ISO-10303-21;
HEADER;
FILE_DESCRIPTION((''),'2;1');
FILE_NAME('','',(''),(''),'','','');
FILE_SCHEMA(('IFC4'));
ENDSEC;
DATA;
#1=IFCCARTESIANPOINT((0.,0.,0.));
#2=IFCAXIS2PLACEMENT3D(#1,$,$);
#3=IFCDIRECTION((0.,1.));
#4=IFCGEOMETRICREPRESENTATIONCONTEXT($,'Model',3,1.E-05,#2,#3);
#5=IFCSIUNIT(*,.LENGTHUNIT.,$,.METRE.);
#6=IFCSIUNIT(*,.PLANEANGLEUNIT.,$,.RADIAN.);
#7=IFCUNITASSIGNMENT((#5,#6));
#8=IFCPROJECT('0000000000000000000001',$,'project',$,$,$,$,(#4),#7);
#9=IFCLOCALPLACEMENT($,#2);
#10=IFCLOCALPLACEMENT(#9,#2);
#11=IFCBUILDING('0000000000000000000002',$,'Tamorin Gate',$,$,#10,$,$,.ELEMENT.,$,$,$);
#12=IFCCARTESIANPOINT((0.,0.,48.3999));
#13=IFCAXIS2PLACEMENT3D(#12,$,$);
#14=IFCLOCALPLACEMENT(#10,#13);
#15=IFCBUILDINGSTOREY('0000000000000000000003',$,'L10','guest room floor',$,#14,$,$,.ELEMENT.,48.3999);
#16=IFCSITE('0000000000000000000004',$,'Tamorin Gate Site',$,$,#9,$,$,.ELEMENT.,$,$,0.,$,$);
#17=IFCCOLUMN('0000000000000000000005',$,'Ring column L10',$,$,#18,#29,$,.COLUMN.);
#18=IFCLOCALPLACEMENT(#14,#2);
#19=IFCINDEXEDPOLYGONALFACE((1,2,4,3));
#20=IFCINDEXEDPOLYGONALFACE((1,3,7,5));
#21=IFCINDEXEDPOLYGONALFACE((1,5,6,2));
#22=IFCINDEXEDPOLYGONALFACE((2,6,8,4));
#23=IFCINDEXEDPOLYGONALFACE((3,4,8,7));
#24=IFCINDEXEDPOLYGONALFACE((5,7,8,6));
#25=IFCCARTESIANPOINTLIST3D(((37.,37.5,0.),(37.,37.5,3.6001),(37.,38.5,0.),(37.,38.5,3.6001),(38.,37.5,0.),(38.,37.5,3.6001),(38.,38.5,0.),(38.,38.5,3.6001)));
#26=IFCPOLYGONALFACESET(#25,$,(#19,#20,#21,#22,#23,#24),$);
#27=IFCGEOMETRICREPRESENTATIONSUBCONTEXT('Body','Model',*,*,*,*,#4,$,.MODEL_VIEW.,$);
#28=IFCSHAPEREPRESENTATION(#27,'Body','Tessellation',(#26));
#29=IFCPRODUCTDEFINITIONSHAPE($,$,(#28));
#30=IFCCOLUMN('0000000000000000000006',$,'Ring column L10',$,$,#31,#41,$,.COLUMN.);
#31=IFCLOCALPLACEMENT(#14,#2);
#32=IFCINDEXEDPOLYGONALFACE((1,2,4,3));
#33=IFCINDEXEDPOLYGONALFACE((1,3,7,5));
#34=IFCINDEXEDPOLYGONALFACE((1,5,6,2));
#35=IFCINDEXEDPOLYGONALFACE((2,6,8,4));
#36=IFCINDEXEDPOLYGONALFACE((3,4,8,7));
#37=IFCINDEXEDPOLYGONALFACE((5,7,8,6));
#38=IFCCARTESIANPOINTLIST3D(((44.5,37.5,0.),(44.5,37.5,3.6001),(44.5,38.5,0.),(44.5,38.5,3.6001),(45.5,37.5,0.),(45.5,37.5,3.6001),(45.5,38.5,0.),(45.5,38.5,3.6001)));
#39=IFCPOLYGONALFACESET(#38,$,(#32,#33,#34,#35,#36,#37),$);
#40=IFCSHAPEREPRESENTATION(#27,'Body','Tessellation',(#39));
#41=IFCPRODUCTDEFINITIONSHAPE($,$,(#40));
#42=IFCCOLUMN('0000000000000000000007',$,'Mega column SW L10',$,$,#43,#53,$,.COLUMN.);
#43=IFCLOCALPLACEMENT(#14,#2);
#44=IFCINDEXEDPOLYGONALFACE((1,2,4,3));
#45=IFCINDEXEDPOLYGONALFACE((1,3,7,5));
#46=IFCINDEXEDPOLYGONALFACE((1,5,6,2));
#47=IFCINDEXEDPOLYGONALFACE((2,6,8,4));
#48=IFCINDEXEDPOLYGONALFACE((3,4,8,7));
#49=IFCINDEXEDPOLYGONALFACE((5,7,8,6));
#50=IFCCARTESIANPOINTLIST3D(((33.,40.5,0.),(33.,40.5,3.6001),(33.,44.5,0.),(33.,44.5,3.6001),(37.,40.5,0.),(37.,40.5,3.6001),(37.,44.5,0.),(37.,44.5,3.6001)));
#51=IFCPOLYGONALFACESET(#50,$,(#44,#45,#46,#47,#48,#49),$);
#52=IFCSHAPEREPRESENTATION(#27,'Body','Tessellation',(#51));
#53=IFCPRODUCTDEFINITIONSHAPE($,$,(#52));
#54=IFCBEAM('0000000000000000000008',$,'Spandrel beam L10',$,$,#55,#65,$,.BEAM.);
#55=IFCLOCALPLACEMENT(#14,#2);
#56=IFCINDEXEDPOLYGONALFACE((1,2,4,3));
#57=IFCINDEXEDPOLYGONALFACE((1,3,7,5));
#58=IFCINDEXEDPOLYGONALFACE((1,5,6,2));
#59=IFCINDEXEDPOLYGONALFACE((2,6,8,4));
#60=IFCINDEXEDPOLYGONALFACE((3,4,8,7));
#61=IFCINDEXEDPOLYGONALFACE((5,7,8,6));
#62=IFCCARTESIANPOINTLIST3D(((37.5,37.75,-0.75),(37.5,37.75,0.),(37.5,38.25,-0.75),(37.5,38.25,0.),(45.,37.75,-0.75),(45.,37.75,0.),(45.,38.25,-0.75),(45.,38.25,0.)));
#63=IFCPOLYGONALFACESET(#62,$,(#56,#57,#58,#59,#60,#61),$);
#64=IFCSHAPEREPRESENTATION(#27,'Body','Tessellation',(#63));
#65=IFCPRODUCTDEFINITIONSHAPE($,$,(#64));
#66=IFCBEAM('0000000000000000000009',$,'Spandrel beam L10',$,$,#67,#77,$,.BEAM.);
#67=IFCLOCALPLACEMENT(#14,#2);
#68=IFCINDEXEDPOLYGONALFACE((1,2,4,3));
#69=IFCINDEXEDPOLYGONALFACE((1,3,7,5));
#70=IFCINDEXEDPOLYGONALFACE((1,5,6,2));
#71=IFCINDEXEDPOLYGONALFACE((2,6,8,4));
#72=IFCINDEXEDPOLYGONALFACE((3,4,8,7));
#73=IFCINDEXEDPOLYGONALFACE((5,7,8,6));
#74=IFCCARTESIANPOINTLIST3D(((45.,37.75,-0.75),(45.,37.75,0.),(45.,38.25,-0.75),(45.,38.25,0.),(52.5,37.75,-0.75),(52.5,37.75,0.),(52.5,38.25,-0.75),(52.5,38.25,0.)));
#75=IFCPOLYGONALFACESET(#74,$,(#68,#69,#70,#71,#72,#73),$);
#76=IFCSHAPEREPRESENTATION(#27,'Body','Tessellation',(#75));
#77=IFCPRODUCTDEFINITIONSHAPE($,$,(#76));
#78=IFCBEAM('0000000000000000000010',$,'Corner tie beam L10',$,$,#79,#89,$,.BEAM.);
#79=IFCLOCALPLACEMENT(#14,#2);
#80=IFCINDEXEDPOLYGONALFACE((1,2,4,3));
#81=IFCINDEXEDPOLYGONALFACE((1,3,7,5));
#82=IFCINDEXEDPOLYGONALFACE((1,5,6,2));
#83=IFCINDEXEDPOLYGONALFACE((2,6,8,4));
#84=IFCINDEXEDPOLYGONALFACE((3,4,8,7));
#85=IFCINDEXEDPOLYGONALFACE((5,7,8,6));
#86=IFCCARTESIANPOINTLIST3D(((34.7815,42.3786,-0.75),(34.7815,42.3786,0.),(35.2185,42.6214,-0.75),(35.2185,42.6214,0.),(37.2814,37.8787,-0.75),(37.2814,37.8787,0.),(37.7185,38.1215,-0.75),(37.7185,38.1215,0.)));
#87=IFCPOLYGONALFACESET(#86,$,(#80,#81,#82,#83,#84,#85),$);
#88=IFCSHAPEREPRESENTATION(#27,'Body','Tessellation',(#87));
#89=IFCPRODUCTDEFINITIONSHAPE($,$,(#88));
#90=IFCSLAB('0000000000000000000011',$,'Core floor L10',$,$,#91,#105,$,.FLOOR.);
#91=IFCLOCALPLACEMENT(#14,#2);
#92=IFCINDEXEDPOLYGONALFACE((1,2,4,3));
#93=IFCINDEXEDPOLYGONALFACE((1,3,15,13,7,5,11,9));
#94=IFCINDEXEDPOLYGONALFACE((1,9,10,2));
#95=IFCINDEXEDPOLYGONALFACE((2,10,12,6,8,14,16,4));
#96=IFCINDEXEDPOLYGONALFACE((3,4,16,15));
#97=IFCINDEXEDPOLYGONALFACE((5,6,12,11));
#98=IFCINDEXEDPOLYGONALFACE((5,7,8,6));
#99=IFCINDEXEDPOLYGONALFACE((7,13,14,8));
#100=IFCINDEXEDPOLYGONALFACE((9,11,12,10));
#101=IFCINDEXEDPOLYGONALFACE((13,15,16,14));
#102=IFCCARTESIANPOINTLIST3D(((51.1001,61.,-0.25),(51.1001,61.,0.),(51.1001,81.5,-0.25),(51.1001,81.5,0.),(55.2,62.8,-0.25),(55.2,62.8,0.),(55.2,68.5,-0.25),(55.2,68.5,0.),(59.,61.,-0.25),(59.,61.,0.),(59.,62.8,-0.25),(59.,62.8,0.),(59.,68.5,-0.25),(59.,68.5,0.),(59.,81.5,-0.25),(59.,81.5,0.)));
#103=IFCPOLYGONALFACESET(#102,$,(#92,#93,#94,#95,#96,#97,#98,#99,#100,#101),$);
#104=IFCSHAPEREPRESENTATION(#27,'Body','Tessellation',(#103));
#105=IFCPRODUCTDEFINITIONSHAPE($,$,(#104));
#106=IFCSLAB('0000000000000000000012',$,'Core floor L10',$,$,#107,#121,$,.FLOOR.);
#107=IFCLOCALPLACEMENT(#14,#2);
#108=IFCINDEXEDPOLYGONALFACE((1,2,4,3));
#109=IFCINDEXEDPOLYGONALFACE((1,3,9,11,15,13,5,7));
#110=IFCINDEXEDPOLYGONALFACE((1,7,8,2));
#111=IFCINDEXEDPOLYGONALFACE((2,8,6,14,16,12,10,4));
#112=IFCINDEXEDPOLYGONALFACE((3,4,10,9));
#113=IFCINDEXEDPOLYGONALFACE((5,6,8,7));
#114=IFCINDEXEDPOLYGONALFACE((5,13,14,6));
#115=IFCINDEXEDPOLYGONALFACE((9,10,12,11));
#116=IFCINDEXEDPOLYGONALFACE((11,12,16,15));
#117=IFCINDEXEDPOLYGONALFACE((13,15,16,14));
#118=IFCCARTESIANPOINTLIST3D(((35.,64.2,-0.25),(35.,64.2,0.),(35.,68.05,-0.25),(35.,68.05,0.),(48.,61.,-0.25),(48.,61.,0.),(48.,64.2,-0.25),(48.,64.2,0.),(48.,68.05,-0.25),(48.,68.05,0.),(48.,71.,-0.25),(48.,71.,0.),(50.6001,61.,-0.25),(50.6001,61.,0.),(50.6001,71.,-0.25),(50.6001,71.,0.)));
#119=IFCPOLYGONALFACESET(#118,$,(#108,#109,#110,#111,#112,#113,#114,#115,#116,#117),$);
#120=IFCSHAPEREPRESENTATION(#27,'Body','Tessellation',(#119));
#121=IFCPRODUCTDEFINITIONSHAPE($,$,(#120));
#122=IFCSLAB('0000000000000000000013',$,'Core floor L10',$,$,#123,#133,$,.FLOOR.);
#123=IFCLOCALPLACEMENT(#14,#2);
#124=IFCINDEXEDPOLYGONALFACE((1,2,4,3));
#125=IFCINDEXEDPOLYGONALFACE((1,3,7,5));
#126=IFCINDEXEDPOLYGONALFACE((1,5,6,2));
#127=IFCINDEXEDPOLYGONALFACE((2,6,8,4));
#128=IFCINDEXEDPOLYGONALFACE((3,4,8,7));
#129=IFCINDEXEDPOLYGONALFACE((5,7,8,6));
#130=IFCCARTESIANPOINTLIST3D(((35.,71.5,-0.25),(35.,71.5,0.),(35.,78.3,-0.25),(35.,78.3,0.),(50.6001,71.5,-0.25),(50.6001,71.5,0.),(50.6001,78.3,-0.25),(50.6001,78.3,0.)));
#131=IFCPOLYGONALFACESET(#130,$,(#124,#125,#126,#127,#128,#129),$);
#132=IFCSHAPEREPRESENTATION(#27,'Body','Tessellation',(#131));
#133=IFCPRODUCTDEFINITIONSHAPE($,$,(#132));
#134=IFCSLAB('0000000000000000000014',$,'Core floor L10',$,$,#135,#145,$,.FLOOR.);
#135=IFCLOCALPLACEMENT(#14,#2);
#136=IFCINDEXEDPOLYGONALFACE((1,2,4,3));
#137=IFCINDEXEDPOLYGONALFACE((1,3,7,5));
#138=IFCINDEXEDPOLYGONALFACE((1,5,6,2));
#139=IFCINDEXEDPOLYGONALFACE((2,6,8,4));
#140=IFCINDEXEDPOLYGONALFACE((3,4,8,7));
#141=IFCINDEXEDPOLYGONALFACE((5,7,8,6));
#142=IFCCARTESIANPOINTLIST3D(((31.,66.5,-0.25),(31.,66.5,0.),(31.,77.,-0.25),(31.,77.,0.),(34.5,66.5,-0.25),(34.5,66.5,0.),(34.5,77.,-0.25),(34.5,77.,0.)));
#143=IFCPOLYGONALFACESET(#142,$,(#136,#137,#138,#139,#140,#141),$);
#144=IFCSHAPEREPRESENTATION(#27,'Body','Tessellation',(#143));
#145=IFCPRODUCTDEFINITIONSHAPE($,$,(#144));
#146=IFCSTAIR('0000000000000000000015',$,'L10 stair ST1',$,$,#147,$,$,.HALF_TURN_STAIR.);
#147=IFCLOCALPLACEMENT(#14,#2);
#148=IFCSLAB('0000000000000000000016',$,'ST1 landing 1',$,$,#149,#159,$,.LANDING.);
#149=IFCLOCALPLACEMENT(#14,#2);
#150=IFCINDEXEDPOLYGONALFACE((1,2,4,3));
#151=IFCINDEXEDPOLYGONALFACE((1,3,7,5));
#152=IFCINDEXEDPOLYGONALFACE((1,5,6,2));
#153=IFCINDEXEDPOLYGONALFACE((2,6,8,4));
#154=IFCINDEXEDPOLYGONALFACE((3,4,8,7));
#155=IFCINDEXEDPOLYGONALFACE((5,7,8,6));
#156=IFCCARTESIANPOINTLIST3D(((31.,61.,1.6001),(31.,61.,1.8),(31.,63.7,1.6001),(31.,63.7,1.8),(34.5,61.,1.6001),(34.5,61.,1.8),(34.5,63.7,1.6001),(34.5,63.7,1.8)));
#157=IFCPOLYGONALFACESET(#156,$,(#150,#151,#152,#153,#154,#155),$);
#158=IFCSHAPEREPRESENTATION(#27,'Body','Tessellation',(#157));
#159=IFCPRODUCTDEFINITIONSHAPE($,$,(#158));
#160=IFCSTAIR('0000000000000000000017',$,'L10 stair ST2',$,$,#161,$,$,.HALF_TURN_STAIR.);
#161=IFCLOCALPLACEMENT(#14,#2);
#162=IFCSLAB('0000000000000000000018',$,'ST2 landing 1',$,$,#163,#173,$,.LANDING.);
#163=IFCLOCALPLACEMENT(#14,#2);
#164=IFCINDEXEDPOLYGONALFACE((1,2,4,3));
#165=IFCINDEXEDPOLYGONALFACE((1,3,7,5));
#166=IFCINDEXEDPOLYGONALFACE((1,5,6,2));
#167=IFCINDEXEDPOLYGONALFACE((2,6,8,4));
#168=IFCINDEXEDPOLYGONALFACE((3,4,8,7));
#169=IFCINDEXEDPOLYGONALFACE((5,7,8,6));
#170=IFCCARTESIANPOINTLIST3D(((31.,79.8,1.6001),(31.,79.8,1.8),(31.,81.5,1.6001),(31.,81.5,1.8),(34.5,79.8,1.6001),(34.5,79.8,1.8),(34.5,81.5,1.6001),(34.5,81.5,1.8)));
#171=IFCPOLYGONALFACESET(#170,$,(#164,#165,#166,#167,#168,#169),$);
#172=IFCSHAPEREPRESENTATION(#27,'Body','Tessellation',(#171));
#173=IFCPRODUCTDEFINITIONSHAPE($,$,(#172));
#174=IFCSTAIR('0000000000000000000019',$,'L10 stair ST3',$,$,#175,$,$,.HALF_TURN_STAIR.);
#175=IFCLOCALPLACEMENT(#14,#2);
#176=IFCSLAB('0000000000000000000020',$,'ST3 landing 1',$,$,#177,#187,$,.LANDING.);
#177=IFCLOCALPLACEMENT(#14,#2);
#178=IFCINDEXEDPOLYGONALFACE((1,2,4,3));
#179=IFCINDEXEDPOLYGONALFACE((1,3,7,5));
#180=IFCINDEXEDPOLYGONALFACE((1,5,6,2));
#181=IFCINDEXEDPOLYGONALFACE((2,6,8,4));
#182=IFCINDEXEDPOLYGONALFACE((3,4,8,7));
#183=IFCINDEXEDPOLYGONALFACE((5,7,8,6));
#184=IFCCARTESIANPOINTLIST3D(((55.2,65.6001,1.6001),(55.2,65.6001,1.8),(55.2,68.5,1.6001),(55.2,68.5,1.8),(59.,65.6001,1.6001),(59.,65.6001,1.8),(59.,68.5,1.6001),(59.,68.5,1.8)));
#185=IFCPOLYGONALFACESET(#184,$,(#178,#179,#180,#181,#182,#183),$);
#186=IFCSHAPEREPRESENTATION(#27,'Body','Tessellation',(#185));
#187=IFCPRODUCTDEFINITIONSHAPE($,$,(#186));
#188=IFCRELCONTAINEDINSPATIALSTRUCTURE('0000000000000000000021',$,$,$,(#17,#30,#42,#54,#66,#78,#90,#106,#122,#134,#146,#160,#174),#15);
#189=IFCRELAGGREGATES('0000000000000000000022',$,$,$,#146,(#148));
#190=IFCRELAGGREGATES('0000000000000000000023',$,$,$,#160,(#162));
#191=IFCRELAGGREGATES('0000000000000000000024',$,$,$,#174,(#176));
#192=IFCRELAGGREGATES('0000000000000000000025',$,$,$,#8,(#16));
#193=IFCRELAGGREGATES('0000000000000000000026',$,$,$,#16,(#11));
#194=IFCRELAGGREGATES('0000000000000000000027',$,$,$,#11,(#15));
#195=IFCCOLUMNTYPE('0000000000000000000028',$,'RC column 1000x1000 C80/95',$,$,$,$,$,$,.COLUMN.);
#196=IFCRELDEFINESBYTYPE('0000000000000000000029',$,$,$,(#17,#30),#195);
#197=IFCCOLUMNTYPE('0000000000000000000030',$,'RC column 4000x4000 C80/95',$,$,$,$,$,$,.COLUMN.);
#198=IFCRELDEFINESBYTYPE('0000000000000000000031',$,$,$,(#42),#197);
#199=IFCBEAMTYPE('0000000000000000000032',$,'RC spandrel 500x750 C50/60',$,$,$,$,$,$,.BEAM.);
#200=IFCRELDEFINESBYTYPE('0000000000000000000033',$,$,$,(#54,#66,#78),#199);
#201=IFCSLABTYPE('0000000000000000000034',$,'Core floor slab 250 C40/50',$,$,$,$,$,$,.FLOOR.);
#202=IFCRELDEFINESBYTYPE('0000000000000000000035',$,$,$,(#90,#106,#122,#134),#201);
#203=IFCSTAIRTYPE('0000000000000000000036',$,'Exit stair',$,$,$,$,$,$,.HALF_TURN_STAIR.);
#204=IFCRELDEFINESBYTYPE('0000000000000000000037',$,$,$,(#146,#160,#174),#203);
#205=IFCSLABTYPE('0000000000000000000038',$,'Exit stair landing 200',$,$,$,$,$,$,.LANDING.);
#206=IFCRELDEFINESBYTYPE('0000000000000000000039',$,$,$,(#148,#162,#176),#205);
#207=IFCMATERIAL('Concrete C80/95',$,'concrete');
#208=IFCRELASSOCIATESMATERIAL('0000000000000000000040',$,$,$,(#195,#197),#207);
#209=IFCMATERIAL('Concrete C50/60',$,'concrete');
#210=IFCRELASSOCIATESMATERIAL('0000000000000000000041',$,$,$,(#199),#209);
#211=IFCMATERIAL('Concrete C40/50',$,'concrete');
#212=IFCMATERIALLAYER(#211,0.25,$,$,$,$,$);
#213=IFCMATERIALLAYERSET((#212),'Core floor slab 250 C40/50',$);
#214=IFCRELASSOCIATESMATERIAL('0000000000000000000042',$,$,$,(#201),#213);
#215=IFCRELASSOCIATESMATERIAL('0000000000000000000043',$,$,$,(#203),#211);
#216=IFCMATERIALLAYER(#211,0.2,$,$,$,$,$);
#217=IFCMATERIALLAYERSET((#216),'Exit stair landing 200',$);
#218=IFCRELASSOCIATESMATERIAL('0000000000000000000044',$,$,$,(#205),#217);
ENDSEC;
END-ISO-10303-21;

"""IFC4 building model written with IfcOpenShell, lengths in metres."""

from ifc_helpers import new_model, si_unit, direction, frame, origin, origin_2d, place, context, subcontext, project, spatial, polyline, rectangle, outline, extrude, material, layer, layer_set, material_profile, profile_set, type_object, element, aggregate, save


model = new_model("IFC4")

# Units and contexts
model_context = context("Model", 3, precision=1e-05, world=origin(), true_north=direction((0.0, 1.0)))
body_context = subcontext(model_context, "Body", "Model", "MODEL_VIEW")
ifc_project = project(units=[si_unit("LENGTHUNIT", "METRE"), si_unit("PLANEANGLEUNIT", "RADIAN")], contexts=[model_context])

# Site, building, storey
site_placement = place(None, origin())
site = spatial("IfcSite", under=ifc_project, at=site_placement, Name="Tamorin Gate Site", CompositionType="ELEMENT", RefElevation=0.0)
building_placement = place(site_placement, origin())
building = spatial("IfcBuilding", under=site, at=building_placement, Name="Tamorin Gate", CompositionType="ELEMENT")
storey_placement = place(building_placement, frame((0.0, 0.0, 48.3999)))
storey = spatial("IfcBuildingStorey", under=building, at=storey_placement, Name="L10", Description="guest room floor", CompositionType="ELEMENT", Elevation=48.3999)

# Columns
ifc_material_1 = material(Name="Concrete C80/95", Category="concrete")
ifc_material_profile_1 = material_profile(ifc_material_1, rectangle(XDim=1.0, YDim=1.0, at=origin_2d()), Name="RC 1000x1000")
ifc_profile_set_1 = profile_set([ifc_material_profile_1], Name="Concrete C80/95")
column_type_1 = type_object("IfcColumnType", Name="RC column 1000x1000 C80/95", PredefinedType="COLUMN", material=ifc_profile_set_1)
for number, where, z_axis, x_axis, name in (
    (1, (37.5, 38.0, 0.0), (0.0, 0.0, 1.0), (1.0, 0.0, 0.0), "Ring column L10"),
    (2, (45.0, 38.0, 0.0), (0.0, 0.0, 1.0), (1.0, 0.0, 0.0), "Ring column L10"),
):
    element("IfcColumn", number, at=place(storey_placement, frame(where, z_axis=z_axis, x_axis=x_axis)), inside=storey, type_object=column_type_1, Name=name, PredefinedType="COLUMN", context=body_context, shape_type="SweptSolid", body=[
        extrude(rectangle(XDim=1.0, YDim=1.0, at=origin_2d()), origin(), (0.0, 0.0, 1.0), 3.6001),
    ])
ifc_material_profile_2 = material_profile(ifc_material_1, rectangle(XDim=4.0, YDim=4.0, at=origin_2d()), Name="RC 4000x4000")
ifc_profile_set_2 = profile_set([ifc_material_profile_2], Name="Concrete C80/95")
column_type_2 = type_object("IfcColumnType", Name="RC column 4000x4000 C80/95", PredefinedType="COLUMN", material=ifc_profile_set_2)
column_placement = place(storey_placement, frame((35.0, 42.5, 0.0), z_axis=(0.0, 0.0, 1.0), x_axis=(1.0, 0.0, 0.0)))
element("IfcColumn", 3, at=column_placement, inside=storey, type_object=column_type_2, Name="Mega column SW L10", PredefinedType="COLUMN", context=body_context, shape_type="SweptSolid", body=[
    extrude(rectangle(XDim=4.0, YDim=4.0, at=origin_2d()), origin(), (0.0, 0.0, 1.0), 3.6001),
])

# Beams
ifc_material_2 = material(Name="Concrete C50/60", Category="concrete")
ifc_material_profile_3 = material_profile(ifc_material_2, rectangle(XDim=0.5, YDim=0.75, at=origin_2d()), Name="RC 500x750")
ifc_profile_set_3 = profile_set([ifc_material_profile_3], Name="Concrete C50/60")
beam_type = type_object("IfcBeamType", Name="RC spandrel 500x750 C50/60", PredefinedType="BEAM", material=ifc_profile_set_3)
for number, where, z_axis, x_axis, name in (
    (4, (37.5, 38.0, -0.375), (1.0, 0.0, 0.0), (0.0, 1.0, 0.0), "Spandrel beam L10"),
    (5, (45.0, 38.0, -0.375), (1.0, 0.0, 0.0), (0.0, 1.0, 0.0), "Spandrel beam L10"),
):
    element("IfcBeam", number, at=place(storey_placement, frame(where, z_axis=z_axis, x_axis=x_axis)), inside=storey, type_object=beam_type, Name=name, PredefinedType="BEAM", context=body_context, shape_type="SweptSolid", body=[
        extrude(rectangle(XDim=0.5, YDim=0.75, at=origin_2d()), origin(), (0.0, 0.0, 1.0), 7.5),
    ])
beam_placement = place(storey_placement, frame((35.0, 42.5, -0.375), z_axis=(0.485643, -0.874157, 0.0), x_axis=(0.874157, 0.485643, 0.0)))
element("IfcBeam", 6, at=beam_placement, inside=storey, type_object=beam_type, Name="Corner tie beam L10", PredefinedType="BEAM", context=body_context, shape_type="SweptSolid", body=[
    extrude(rectangle(XDim=0.5, YDim=0.75, at=origin_2d()), origin(), (0.0, 0.0, 1.0), 5.1477),
])

# Slabs
ifc_material_3 = material(Name="Concrete C40/50", Category="concrete")
ifc_layer_1 = layer(ifc_material_3, 0.25)
ifc_layer_set_1 = layer_set([ifc_layer_1], Name="Core floor slab 250 C40/50")
slab_type_1 = type_object("IfcSlabType", Name="Core floor slab 250 C40/50", PredefinedType="FLOOR", material=ifc_layer_set_1)
slab_1_placement = place(storey_placement, frame((0.0, 0.0, -0.25)))
element("IfcSlab", 7, at=slab_1_placement, inside=storey, type_object=slab_type_1, Name="Core floor L10", PredefinedType="FLOOR", context=body_context, shape_type="SweptSolid", body=[
    extrude(outline(polyline([(59.0, 62.8), (59.0, 61.0), (51.1001, 61.0), (51.1001, 81.5), (59.0, 81.5), (59.0, 68.5), (55.2, 68.5), (55.2, 62.8), (59.0, 62.8)])), origin(), (0.0, 0.0, 1.0), 0.25),
])
slab_2_placement = place(storey_placement, frame((0.0, 0.0, -0.25)))
element("IfcSlab", 8, at=slab_2_placement, inside=storey, type_object=slab_type_1, Name="Core floor L10", PredefinedType="FLOOR", context=body_context, shape_type="SweptSolid", body=[
    extrude(outline(polyline([(50.6001, 61.0), (48.0, 61.0), (48.0, 64.2), (35.0, 64.2), (35.0, 68.05), (48.0, 68.05), (48.0, 71.0), (50.6001, 71.0), (50.6001, 61.0)])), origin(), (0.0, 0.0, 1.0), 0.25),
])
slab_3_placement = place(storey_placement, frame((0.0, 0.0, -0.25)))
element("IfcSlab", 9, at=slab_3_placement, inside=storey, type_object=slab_type_1, Name="Core floor L10", PredefinedType="FLOOR", context=body_context, shape_type="SweptSolid", body=[
    extrude(outline(polyline([(50.6001, 71.5), (35.0, 71.5), (35.0, 78.3), (50.6001, 78.3), (50.6001, 71.5)])), origin(), (0.0, 0.0, 1.0), 0.25),
])
slab_4_placement = place(storey_placement, frame((0.0, 0.0, -0.25)))
element("IfcSlab", 10, at=slab_4_placement, inside=storey, type_object=slab_type_1, Name="Core floor L10", PredefinedType="FLOOR", context=body_context, shape_type="SweptSolid", body=[
    extrude(outline(polyline([(31.0, 66.5), (31.0, 77.0), (34.5, 77.0), (34.5, 66.5), (31.0, 66.5)])), origin(), (0.0, 0.0, 1.0), 0.25),
])

# Stairs, slabs
stair_type = type_object("IfcStairType", Name="Exit stair", PredefinedType="HALF_TURN_STAIR", material=ifc_material_3)
stair_1_placement = place(storey_placement, origin())
stair_1 = element("IfcStair", 11, at=stair_1_placement, inside=storey, type_object=stair_type, Name="L10 stair ST1", PredefinedType="HALF_TURN_STAIR")
ifc_layer_2 = layer(ifc_material_3, 0.2)
ifc_layer_set_2 = layer_set([ifc_layer_2], Name="Exit stair landing 200")
slab_type_2 = type_object("IfcSlabType", Name="Exit stair landing 200", PredefinedType="LANDING", material=ifc_layer_set_2)
slab_5_placement = place(storey_placement, frame((0.0, 0.0, 1.6001)))
slab_5 = element("IfcSlab", 12, at=slab_5_placement, type_object=slab_type_2, Name="ST1 landing 1", PredefinedType="LANDING", context=body_context, shape_type="SweptSolid", body=[
    extrude(outline(polyline([(31.0, 63.7), (31.0, 61.0), (34.5, 61.0), (34.5, 63.7), (31.0, 63.7)])), origin(), (0.0, 0.0, 1.0), 0.2),
])
aggregate(stair_1, [slab_5])
stair_2_placement = place(storey_placement, origin())
stair_2 = element("IfcStair", 13, at=stair_2_placement, inside=storey, type_object=stair_type, Name="L10 stair ST2", PredefinedType="HALF_TURN_STAIR")
slab_6_placement = place(storey_placement, frame((0.0, 0.0, 1.6001)))
slab_6 = element("IfcSlab", 14, at=slab_6_placement, type_object=slab_type_2, Name="ST2 landing 1", PredefinedType="LANDING", context=body_context, shape_type="SweptSolid", body=[
    extrude(outline(polyline([(34.5, 79.8), (34.5, 81.5), (31.0, 81.5), (31.0, 79.8), (34.5, 79.8)])), origin(), (0.0, 0.0, 1.0), 0.2),
])
aggregate(stair_2, [slab_6])
stair_3_placement = place(storey_placement, origin())
stair_3 = element("IfcStair", 15, at=stair_3_placement, inside=storey, type_object=stair_type, Name="L10 stair ST3", PredefinedType="HALF_TURN_STAIR")
slab_7_placement = place(storey_placement, frame((0.0, 0.0, 1.6001)))
slab_7 = element("IfcSlab", 16, at=slab_7_placement, type_object=slab_type_2, Name="ST3 landing 1", PredefinedType="LANDING", context=body_context, shape_type="SweptSolid", body=[
    extrude(outline(polyline([(59.0, 65.6001), (59.0, 68.5), (55.2, 68.5), (55.2, 65.6001), (59.0, 65.6001)])), origin(), (0.0, 0.0, 1.0), 0.2),
])
aggregate(stair_3, [slab_7])

save(model, "model.ifc")
